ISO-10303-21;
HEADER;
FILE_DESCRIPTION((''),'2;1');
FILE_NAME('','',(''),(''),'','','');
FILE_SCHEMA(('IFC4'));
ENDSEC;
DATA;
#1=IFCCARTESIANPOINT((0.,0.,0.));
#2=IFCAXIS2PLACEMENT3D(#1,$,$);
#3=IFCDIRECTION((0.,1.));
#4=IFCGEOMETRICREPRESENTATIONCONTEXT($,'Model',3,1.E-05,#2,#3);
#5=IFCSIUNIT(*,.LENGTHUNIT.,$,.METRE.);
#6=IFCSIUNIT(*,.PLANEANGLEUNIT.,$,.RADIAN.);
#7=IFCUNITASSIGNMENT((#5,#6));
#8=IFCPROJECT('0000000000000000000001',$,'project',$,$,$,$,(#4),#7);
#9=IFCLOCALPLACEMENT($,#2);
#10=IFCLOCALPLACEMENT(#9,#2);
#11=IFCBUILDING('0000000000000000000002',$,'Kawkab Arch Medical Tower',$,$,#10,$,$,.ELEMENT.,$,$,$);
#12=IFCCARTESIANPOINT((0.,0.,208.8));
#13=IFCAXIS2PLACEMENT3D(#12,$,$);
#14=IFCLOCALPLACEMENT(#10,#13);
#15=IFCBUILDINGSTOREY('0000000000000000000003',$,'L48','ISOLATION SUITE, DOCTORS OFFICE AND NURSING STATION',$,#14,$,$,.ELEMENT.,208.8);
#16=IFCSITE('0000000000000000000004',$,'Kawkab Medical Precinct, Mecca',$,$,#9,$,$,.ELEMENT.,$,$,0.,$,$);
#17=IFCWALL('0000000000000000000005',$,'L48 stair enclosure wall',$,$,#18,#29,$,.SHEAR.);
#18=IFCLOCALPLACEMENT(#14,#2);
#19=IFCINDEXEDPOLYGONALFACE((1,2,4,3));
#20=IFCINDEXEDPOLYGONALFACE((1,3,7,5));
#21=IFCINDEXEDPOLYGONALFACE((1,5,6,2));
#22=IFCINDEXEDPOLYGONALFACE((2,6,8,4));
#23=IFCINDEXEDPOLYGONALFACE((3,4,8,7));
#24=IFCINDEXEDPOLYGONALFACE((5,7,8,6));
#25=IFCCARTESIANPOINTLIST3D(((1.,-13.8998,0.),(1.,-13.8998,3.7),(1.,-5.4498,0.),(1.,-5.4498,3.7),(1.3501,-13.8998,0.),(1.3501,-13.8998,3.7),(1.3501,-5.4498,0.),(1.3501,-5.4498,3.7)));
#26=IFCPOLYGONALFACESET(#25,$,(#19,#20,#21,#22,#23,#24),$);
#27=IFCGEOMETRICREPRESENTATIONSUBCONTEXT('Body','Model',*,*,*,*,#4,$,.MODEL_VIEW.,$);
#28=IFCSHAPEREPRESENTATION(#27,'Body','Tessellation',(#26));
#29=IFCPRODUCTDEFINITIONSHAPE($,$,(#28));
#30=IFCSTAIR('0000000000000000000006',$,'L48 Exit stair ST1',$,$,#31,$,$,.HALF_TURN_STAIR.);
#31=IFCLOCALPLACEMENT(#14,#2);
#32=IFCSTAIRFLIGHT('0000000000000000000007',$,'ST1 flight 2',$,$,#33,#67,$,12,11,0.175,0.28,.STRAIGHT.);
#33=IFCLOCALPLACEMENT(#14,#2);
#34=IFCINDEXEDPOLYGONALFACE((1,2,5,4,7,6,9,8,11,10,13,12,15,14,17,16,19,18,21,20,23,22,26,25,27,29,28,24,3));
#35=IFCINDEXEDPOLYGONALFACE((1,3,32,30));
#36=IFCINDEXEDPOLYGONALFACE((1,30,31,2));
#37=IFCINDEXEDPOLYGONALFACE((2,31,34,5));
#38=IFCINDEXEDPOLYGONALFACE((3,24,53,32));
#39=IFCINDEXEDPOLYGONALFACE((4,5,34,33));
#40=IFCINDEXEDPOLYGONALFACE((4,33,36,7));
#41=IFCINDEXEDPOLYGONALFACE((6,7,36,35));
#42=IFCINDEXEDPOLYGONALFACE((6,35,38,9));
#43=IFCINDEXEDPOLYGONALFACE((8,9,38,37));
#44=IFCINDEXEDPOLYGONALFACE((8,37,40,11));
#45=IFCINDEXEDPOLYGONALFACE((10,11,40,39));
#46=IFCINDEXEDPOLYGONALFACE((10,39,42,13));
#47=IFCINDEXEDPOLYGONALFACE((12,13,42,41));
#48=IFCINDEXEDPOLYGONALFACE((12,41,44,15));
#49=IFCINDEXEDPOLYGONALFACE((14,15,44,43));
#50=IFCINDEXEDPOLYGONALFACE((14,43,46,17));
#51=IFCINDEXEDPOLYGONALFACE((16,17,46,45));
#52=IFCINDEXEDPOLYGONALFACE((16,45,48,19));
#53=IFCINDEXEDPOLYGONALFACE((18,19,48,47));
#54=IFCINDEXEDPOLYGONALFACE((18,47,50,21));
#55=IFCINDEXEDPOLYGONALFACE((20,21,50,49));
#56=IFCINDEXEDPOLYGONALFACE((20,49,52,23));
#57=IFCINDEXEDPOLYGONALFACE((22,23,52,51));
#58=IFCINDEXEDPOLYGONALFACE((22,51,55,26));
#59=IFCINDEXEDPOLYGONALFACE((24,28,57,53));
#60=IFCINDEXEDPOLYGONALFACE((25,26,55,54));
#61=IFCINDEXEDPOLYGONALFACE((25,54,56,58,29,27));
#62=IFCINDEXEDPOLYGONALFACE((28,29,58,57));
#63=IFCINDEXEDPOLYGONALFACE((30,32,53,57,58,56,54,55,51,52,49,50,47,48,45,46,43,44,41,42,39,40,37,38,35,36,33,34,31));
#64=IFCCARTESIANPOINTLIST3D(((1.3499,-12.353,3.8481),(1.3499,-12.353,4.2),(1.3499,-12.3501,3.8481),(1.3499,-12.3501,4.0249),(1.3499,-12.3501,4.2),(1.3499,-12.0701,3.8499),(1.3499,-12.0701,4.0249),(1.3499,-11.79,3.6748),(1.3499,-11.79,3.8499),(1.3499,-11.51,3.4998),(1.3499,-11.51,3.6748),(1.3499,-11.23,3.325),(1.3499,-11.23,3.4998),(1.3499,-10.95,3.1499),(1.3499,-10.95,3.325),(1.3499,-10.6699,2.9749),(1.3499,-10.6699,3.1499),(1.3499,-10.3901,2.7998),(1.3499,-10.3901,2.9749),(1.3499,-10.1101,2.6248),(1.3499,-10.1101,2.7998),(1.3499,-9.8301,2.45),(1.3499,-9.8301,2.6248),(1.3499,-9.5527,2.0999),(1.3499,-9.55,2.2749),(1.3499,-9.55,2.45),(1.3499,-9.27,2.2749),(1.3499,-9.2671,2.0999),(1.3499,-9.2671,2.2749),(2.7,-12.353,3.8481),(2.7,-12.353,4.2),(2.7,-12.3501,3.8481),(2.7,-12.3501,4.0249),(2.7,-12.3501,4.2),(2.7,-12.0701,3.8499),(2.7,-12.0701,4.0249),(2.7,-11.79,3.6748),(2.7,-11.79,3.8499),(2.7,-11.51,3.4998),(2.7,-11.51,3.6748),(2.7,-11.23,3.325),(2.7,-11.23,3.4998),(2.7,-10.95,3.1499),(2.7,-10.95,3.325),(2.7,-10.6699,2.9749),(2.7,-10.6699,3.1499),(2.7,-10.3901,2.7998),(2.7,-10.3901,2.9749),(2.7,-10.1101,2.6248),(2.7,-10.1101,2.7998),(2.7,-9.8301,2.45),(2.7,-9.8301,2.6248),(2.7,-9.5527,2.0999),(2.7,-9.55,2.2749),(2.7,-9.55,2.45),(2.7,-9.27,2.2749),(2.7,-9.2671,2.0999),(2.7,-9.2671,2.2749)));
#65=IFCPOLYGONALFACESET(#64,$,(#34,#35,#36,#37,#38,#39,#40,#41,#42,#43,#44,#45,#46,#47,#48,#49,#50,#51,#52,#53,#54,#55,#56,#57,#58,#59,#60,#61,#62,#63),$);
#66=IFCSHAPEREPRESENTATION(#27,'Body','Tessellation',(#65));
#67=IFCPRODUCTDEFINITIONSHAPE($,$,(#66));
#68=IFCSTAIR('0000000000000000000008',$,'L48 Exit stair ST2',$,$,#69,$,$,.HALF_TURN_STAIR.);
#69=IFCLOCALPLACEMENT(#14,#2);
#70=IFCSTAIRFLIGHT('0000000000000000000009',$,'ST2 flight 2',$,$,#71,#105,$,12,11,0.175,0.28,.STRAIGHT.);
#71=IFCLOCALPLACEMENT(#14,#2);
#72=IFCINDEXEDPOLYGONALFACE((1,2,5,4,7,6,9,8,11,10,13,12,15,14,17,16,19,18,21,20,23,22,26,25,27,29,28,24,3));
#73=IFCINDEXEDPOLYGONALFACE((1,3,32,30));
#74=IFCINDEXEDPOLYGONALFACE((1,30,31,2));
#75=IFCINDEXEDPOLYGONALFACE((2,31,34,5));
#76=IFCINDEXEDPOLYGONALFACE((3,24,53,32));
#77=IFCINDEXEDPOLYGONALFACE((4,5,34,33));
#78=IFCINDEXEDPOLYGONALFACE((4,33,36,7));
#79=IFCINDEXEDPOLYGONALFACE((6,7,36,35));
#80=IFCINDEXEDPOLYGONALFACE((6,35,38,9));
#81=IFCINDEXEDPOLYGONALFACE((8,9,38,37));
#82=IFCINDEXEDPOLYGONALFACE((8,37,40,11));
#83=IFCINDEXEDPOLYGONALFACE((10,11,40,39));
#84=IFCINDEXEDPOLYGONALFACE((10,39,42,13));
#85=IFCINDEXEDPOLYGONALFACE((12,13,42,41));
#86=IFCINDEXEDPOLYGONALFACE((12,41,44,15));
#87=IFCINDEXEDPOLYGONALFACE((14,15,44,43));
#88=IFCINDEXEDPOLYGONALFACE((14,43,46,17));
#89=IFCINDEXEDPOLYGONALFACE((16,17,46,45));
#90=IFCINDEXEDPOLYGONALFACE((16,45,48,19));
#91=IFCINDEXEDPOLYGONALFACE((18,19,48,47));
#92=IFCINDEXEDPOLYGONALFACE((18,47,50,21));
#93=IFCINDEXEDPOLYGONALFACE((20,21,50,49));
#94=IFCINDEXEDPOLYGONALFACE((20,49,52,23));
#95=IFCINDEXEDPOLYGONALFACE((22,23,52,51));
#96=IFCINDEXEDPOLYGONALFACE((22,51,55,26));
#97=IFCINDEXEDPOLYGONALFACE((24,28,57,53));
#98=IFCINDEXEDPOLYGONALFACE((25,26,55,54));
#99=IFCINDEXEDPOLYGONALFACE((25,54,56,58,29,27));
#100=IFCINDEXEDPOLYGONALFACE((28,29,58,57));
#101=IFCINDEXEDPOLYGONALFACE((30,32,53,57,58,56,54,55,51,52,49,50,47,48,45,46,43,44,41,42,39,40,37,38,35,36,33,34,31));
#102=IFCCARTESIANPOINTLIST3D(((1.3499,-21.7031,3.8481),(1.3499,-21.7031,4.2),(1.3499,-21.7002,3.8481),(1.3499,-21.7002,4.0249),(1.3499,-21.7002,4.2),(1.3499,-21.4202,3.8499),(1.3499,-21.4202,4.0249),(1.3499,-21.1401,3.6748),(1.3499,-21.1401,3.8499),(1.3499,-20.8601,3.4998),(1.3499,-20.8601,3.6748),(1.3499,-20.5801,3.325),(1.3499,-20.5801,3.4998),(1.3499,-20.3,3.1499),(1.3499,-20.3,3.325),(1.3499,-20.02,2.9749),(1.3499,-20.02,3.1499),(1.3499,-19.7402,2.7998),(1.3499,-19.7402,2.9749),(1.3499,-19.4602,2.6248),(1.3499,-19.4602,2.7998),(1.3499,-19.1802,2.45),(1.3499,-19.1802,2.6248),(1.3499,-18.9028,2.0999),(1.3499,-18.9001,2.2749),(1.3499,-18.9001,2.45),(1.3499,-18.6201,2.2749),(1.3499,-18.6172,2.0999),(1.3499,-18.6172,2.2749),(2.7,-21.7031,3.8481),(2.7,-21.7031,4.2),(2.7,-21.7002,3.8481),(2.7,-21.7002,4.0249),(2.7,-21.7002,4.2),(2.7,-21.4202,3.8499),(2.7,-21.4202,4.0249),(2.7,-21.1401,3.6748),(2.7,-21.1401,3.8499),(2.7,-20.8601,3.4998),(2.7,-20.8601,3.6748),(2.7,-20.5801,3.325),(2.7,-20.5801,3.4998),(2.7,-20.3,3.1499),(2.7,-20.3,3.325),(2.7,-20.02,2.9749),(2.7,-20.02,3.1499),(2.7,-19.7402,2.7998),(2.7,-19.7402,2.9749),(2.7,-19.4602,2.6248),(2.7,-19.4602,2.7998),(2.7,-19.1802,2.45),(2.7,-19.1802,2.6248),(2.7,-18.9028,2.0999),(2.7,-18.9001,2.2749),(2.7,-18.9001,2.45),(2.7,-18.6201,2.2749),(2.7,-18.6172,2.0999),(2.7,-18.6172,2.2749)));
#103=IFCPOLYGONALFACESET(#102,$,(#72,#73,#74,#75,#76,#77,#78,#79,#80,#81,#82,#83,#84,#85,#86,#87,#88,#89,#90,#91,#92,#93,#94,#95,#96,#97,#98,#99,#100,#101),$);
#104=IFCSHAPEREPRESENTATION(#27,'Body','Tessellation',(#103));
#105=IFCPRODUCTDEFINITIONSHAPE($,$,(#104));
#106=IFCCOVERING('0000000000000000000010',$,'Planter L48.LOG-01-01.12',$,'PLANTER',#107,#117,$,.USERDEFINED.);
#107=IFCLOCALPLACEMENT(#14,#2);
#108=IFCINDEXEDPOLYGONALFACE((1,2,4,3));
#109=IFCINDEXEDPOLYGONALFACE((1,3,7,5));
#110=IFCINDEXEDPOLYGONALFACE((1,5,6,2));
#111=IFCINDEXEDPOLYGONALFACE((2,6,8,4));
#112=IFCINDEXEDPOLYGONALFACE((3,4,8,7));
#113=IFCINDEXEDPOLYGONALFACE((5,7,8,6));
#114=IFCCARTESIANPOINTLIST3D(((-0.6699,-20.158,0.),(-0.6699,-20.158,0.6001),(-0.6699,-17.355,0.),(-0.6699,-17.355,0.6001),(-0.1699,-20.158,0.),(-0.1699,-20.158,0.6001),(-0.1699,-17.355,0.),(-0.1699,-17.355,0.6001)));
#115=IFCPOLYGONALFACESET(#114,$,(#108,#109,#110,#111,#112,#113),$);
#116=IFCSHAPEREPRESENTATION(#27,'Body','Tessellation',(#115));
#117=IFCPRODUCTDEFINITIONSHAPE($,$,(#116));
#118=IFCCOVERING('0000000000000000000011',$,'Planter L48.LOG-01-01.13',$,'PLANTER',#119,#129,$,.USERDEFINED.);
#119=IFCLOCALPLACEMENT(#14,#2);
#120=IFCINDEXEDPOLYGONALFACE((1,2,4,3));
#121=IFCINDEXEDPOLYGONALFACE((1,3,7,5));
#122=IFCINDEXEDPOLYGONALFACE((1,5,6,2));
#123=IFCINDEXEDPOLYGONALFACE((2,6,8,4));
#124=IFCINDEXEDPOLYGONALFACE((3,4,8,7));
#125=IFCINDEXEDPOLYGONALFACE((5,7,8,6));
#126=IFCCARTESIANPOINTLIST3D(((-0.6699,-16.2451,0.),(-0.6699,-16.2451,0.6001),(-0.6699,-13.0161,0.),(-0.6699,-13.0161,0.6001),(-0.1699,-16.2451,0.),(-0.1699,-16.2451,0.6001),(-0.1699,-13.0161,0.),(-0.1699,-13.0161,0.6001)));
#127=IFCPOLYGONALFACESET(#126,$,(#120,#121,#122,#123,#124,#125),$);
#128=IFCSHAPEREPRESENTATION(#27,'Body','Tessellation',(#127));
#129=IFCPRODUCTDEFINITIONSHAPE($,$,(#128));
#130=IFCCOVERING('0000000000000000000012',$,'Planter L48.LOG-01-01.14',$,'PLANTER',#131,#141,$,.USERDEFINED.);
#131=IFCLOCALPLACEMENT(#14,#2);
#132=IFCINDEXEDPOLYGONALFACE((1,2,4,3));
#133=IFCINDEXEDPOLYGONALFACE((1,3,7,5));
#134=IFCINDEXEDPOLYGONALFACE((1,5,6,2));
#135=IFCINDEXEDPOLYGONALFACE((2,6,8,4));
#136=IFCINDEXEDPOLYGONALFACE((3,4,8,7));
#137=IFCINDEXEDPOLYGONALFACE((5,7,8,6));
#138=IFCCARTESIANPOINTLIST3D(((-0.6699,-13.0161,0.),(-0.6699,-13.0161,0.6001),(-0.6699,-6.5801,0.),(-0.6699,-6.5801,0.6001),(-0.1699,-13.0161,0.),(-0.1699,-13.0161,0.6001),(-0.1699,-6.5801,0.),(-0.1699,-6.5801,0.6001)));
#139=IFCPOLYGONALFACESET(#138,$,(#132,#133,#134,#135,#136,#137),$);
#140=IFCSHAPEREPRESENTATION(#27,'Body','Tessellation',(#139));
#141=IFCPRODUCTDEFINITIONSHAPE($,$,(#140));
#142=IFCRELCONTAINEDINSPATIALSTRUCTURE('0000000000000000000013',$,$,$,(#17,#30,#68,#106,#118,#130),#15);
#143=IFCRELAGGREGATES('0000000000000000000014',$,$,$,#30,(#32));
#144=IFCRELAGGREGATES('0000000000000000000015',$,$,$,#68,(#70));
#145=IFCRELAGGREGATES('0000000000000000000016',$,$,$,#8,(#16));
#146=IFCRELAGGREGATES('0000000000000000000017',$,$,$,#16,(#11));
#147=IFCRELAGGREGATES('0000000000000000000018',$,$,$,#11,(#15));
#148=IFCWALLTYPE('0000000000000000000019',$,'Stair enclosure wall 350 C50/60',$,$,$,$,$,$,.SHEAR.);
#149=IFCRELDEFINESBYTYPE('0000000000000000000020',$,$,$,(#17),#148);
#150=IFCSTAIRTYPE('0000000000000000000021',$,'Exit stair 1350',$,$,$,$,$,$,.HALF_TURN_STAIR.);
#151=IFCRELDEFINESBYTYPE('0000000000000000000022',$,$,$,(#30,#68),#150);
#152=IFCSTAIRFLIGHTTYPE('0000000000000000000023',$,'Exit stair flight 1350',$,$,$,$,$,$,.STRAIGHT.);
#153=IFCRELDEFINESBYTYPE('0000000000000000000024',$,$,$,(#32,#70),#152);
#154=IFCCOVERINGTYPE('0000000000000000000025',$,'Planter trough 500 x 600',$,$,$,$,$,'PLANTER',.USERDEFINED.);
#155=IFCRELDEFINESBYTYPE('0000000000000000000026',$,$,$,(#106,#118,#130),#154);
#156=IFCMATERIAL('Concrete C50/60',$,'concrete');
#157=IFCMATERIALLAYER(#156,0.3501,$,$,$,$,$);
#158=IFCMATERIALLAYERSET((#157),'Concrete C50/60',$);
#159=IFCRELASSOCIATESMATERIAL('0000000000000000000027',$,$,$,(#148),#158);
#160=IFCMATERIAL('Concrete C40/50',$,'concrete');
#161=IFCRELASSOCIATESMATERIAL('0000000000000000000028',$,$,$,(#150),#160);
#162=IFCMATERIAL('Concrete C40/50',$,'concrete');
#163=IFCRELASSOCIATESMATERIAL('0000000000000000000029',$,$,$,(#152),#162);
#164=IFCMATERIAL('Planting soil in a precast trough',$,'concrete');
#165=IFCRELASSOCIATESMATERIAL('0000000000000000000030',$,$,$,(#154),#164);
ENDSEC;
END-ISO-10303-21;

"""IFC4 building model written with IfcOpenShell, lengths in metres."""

from ifc_helpers import new_model, si_unit, direction, frame, frame_2d, origin, origin_2d, place, context, subcontext, project, spatial, polyline, rectangle, outline, extrude, material, layer, layer_set, material_profile, profile_set, type_object, element, aggregate, save


model = new_model("IFC4")

# Units and contexts
model_context = context("Model", 3, precision=1e-05, world=origin(), true_north=direction((0.0, 1.0)))
body_context = subcontext(model_context, "Body", "Model", "MODEL_VIEW")
ifc_project = project(units=[si_unit("LENGTHUNIT", "METRE"), si_unit("PLANEANGLEUNIT", "RADIAN")], contexts=[model_context])

# Site, building, storey
site_placement = place(None, origin())
site = spatial("IfcSite", under=ifc_project, at=site_placement, Name="Kawkab Medical Precinct, Mecca", CompositionType="ELEMENT", RefElevation=0.0)
building_placement = place(site_placement, origin())
building = spatial("IfcBuilding", under=site, at=building_placement, Name="Kawkab Arch Medical Tower", CompositionType="ELEMENT")
storey_placement = place(building_placement, frame((0.0, 0.0, 208.8)))
storey = spatial("IfcBuildingStorey", under=building, at=storey_placement, Name="L48", Description="ISOLATION SUITE, DOCTORS OFFICE AND NURSING STATION", CompositionType="ELEMENT", Elevation=208.8)

# Shared definitions
placement = place(storey_placement, origin())

# Wall
ifc_material_1 = material(Name="Concrete C50/60", Category="concrete")
ifc_layer_1 = layer(ifc_material_1, 0.3501)
ifc_layer_set_1 = layer_set([ifc_layer_1], Name="Concrete C50/60")
wall_type_1 = type_object("IfcWallType", Name="Stair enclosure wall 350 C50/60", PredefinedType="SHEAR", material=ifc_layer_set_1)
wall_1_placement = place(storey_placement, frame((1.175, -13.8999, 0.0), z_axis=(0.0, 0.0, 1.0), x_axis=(0.0, 1.0, 0.0)))
element("IfcWall", 1, at=wall_1_placement, inside=storey, type_object=wall_type_1, Name="L48 stair enclosure wall", PredefinedType="SHEAR", context=body_context, shape_type="SweptSolid", body=[
    extrude(rectangle(XDim=8.45, YDim=0.3501, at=frame_2d((4.2251, 0.0))), origin(), (0.0, 0.0, 1.0), 3.7),
])

# Stairs, stair flights
ifc_material_2 = material(Name="Concrete C40/50", Category="concrete")
stair_type = type_object("IfcStairType", Name="Exit stair 1350", PredefinedType="HALF_TURN_STAIR", material=ifc_material_2)
stair_1 = element("IfcStair", 2, at=placement, inside=storey, type_object=stair_type, Name="L48 Exit stair ST1", PredefinedType="HALF_TURN_STAIR")
ifc_material_3 = material(Name="Concrete C40/50", Category="concrete")
stair_flight_type = type_object("IfcStairFlightType", Name="Exit stair flight 1350", PredefinedType="STRAIGHT", material=ifc_material_3)
stair_flight_1_placement = place(storey_placement, frame((2.0249, -9.27, 2.0999), z_axis=(0.0, 0.0, 1.0), x_axis=(0.0, -1.0, 0.0)))
stair_flight_1 = element("IfcStairFlight", 3, at=stair_flight_1_placement, type_object=stair_flight_type, Name="ST1 flight 2", NumberOfRisers=12, NumberOfTreads=11, PredefinedType="STRAIGHT", RiserHeight=0.175, TreadLength=0.28, context=body_context, shape_type="SweptSolid", body=[
    extrude(outline(polyline([(-0.0029, 0.0), (-0.0029, 0.175), (0.0, 0.175), (0.28, 0.175), (0.28, 0.3501), (0.5601, 0.3501), (0.5601, 0.5249), (0.8401, 0.5249), (0.8401, 0.7), (1.1201, 0.7), (1.1201, 0.875), (1.3999, 0.875), (1.3999, 1.05), (1.6799, 1.05), (1.6799, 1.2251), (1.96, 1.2251), (1.96, 1.3999), (2.24, 1.3999), (2.24, 1.575), (2.52, 1.575), (2.52, 1.75), (2.8, 1.75), (2.8, 1.925), (3.0801, 1.925), (3.0801, 2.1001), (3.083, 2.1001), (3.083, 1.7483), (3.0801, 1.7483), (0.2827, 0.0), (-0.0029, 0.0)])), frame((0.0, 0.675, 0.0), z_axis=(0.0, -1.0, 0.0), x_axis=(1.0, 0.0, 0.0)), (0.0, 0.0, 1.0), 1.3501),
])
aggregate(stair_1, [stair_flight_1])
stair_2 = element("IfcStair", 4, at=placement, inside=storey, type_object=stair_type, Name="L48 Exit stair ST2", PredefinedType="HALF_TURN_STAIR")
stair_flight_2_placement = place(storey_placement, frame((2.0249, -18.6201, 2.0999), z_axis=(0.0, 0.0, 1.0), x_axis=(0.0, -1.0, 0.0)))
stair_flight_2 = element("IfcStairFlight", 5, at=stair_flight_2_placement, type_object=stair_flight_type, Name="ST2 flight 2", NumberOfRisers=12, NumberOfTreads=11, PredefinedType="STRAIGHT", RiserHeight=0.175, TreadLength=0.28, context=body_context, shape_type="SweptSolid", body=[
    extrude(outline(polyline([(-0.0029, 0.0), (-0.0029, 0.175), (0.0, 0.175), (0.28, 0.175), (0.28, 0.3501), (0.5601, 0.3501), (0.5601, 0.5249), (0.8401, 0.5249), (0.8401, 0.7), (1.1201, 0.7), (1.1201, 0.875), (1.3999, 0.875), (1.3999, 1.05), (1.6799, 1.05), (1.6799, 1.2251), (1.96, 1.2251), (1.96, 1.3999), (2.24, 1.3999), (2.24, 1.575), (2.52, 1.575), (2.52, 1.75), (2.8, 1.75), (2.8, 1.925), (3.0801, 1.925), (3.0801, 2.1001), (3.083, 2.1001), (3.083, 1.7483), (3.0801, 1.7483), (0.2827, 0.0), (-0.0029, 0.0)])), frame((0.0, 0.675, 0.0), z_axis=(0.0, -1.0, 0.0), x_axis=(1.0, 0.0, 0.0)), (0.0, 0.0, 1.0), 1.3501),
])
aggregate(stair_2, [stair_flight_2])

# Coverings
ifc_material_4 = material(Name="Planting soil in a precast trough", Category="concrete")
ifc_material_profile_1 = material_profile(ifc_material_4, rectangle(XDim=0.5, YDim=0.6001, at=origin_2d()), Name="Trough 500x600")
ifc_profile_set_1 = profile_set([ifc_material_profile_1], Name="Planting soil in a precast trough")
covering_type = type_object("IfcCoveringType", Name="Planter trough 500 x 600", ElementType="PLANTER", PredefinedType="USERDEFINED", material=ifc_profile_set_1)
covering_1_placement = place(storey_placement, frame((-0.4199, -20.158, 0.3), z_axis=(0.0, 1.0, 0.0), x_axis=(-1.0, 0.0, 0.0)))
element("IfcCovering", 6, at=covering_1_placement, inside=storey, type_object=covering_type, Name="Planter L48.LOG-01-01.12", ObjectType="PLANTER", PredefinedType="USERDEFINED", context=body_context, shape_type="SweptSolid", body=[
    extrude(rectangle(XDim=0.5, YDim=0.6001, at=origin_2d()), origin(), (0.0, 0.0, 1.0), 2.803),
])
covering_2_placement = place(storey_placement, frame((-0.4199, -16.2451, 0.3), z_axis=(0.0, 1.0, 0.0), x_axis=(-1.0, 0.0, 0.0)))
element("IfcCovering", 7, at=covering_2_placement, inside=storey, type_object=covering_type, Name="Planter L48.LOG-01-01.13", ObjectType="PLANTER", PredefinedType="USERDEFINED", context=body_context, shape_type="SweptSolid", body=[
    extrude(rectangle(XDim=0.5, YDim=0.6001, at=origin_2d()), origin(), (0.0, 0.0, 1.0), 3.229),
])
covering_3_placement = place(storey_placement, frame((-0.4199, -13.0161, 0.3), z_axis=(0.0, 1.0, 0.0), x_axis=(-1.0, 0.0, 0.0)))
element("IfcCovering", 8, at=covering_3_placement, inside=storey, type_object=covering_type, Name="Planter L48.LOG-01-01.14", ObjectType="PLANTER", PredefinedType="USERDEFINED", context=body_context, shape_type="SweptSolid", body=[
    extrude(rectangle(XDim=0.5, YDim=0.6001, at=origin_2d()), origin(), (0.0, 0.0, 1.0), 6.436),
])

save(model, "model.ifc")
